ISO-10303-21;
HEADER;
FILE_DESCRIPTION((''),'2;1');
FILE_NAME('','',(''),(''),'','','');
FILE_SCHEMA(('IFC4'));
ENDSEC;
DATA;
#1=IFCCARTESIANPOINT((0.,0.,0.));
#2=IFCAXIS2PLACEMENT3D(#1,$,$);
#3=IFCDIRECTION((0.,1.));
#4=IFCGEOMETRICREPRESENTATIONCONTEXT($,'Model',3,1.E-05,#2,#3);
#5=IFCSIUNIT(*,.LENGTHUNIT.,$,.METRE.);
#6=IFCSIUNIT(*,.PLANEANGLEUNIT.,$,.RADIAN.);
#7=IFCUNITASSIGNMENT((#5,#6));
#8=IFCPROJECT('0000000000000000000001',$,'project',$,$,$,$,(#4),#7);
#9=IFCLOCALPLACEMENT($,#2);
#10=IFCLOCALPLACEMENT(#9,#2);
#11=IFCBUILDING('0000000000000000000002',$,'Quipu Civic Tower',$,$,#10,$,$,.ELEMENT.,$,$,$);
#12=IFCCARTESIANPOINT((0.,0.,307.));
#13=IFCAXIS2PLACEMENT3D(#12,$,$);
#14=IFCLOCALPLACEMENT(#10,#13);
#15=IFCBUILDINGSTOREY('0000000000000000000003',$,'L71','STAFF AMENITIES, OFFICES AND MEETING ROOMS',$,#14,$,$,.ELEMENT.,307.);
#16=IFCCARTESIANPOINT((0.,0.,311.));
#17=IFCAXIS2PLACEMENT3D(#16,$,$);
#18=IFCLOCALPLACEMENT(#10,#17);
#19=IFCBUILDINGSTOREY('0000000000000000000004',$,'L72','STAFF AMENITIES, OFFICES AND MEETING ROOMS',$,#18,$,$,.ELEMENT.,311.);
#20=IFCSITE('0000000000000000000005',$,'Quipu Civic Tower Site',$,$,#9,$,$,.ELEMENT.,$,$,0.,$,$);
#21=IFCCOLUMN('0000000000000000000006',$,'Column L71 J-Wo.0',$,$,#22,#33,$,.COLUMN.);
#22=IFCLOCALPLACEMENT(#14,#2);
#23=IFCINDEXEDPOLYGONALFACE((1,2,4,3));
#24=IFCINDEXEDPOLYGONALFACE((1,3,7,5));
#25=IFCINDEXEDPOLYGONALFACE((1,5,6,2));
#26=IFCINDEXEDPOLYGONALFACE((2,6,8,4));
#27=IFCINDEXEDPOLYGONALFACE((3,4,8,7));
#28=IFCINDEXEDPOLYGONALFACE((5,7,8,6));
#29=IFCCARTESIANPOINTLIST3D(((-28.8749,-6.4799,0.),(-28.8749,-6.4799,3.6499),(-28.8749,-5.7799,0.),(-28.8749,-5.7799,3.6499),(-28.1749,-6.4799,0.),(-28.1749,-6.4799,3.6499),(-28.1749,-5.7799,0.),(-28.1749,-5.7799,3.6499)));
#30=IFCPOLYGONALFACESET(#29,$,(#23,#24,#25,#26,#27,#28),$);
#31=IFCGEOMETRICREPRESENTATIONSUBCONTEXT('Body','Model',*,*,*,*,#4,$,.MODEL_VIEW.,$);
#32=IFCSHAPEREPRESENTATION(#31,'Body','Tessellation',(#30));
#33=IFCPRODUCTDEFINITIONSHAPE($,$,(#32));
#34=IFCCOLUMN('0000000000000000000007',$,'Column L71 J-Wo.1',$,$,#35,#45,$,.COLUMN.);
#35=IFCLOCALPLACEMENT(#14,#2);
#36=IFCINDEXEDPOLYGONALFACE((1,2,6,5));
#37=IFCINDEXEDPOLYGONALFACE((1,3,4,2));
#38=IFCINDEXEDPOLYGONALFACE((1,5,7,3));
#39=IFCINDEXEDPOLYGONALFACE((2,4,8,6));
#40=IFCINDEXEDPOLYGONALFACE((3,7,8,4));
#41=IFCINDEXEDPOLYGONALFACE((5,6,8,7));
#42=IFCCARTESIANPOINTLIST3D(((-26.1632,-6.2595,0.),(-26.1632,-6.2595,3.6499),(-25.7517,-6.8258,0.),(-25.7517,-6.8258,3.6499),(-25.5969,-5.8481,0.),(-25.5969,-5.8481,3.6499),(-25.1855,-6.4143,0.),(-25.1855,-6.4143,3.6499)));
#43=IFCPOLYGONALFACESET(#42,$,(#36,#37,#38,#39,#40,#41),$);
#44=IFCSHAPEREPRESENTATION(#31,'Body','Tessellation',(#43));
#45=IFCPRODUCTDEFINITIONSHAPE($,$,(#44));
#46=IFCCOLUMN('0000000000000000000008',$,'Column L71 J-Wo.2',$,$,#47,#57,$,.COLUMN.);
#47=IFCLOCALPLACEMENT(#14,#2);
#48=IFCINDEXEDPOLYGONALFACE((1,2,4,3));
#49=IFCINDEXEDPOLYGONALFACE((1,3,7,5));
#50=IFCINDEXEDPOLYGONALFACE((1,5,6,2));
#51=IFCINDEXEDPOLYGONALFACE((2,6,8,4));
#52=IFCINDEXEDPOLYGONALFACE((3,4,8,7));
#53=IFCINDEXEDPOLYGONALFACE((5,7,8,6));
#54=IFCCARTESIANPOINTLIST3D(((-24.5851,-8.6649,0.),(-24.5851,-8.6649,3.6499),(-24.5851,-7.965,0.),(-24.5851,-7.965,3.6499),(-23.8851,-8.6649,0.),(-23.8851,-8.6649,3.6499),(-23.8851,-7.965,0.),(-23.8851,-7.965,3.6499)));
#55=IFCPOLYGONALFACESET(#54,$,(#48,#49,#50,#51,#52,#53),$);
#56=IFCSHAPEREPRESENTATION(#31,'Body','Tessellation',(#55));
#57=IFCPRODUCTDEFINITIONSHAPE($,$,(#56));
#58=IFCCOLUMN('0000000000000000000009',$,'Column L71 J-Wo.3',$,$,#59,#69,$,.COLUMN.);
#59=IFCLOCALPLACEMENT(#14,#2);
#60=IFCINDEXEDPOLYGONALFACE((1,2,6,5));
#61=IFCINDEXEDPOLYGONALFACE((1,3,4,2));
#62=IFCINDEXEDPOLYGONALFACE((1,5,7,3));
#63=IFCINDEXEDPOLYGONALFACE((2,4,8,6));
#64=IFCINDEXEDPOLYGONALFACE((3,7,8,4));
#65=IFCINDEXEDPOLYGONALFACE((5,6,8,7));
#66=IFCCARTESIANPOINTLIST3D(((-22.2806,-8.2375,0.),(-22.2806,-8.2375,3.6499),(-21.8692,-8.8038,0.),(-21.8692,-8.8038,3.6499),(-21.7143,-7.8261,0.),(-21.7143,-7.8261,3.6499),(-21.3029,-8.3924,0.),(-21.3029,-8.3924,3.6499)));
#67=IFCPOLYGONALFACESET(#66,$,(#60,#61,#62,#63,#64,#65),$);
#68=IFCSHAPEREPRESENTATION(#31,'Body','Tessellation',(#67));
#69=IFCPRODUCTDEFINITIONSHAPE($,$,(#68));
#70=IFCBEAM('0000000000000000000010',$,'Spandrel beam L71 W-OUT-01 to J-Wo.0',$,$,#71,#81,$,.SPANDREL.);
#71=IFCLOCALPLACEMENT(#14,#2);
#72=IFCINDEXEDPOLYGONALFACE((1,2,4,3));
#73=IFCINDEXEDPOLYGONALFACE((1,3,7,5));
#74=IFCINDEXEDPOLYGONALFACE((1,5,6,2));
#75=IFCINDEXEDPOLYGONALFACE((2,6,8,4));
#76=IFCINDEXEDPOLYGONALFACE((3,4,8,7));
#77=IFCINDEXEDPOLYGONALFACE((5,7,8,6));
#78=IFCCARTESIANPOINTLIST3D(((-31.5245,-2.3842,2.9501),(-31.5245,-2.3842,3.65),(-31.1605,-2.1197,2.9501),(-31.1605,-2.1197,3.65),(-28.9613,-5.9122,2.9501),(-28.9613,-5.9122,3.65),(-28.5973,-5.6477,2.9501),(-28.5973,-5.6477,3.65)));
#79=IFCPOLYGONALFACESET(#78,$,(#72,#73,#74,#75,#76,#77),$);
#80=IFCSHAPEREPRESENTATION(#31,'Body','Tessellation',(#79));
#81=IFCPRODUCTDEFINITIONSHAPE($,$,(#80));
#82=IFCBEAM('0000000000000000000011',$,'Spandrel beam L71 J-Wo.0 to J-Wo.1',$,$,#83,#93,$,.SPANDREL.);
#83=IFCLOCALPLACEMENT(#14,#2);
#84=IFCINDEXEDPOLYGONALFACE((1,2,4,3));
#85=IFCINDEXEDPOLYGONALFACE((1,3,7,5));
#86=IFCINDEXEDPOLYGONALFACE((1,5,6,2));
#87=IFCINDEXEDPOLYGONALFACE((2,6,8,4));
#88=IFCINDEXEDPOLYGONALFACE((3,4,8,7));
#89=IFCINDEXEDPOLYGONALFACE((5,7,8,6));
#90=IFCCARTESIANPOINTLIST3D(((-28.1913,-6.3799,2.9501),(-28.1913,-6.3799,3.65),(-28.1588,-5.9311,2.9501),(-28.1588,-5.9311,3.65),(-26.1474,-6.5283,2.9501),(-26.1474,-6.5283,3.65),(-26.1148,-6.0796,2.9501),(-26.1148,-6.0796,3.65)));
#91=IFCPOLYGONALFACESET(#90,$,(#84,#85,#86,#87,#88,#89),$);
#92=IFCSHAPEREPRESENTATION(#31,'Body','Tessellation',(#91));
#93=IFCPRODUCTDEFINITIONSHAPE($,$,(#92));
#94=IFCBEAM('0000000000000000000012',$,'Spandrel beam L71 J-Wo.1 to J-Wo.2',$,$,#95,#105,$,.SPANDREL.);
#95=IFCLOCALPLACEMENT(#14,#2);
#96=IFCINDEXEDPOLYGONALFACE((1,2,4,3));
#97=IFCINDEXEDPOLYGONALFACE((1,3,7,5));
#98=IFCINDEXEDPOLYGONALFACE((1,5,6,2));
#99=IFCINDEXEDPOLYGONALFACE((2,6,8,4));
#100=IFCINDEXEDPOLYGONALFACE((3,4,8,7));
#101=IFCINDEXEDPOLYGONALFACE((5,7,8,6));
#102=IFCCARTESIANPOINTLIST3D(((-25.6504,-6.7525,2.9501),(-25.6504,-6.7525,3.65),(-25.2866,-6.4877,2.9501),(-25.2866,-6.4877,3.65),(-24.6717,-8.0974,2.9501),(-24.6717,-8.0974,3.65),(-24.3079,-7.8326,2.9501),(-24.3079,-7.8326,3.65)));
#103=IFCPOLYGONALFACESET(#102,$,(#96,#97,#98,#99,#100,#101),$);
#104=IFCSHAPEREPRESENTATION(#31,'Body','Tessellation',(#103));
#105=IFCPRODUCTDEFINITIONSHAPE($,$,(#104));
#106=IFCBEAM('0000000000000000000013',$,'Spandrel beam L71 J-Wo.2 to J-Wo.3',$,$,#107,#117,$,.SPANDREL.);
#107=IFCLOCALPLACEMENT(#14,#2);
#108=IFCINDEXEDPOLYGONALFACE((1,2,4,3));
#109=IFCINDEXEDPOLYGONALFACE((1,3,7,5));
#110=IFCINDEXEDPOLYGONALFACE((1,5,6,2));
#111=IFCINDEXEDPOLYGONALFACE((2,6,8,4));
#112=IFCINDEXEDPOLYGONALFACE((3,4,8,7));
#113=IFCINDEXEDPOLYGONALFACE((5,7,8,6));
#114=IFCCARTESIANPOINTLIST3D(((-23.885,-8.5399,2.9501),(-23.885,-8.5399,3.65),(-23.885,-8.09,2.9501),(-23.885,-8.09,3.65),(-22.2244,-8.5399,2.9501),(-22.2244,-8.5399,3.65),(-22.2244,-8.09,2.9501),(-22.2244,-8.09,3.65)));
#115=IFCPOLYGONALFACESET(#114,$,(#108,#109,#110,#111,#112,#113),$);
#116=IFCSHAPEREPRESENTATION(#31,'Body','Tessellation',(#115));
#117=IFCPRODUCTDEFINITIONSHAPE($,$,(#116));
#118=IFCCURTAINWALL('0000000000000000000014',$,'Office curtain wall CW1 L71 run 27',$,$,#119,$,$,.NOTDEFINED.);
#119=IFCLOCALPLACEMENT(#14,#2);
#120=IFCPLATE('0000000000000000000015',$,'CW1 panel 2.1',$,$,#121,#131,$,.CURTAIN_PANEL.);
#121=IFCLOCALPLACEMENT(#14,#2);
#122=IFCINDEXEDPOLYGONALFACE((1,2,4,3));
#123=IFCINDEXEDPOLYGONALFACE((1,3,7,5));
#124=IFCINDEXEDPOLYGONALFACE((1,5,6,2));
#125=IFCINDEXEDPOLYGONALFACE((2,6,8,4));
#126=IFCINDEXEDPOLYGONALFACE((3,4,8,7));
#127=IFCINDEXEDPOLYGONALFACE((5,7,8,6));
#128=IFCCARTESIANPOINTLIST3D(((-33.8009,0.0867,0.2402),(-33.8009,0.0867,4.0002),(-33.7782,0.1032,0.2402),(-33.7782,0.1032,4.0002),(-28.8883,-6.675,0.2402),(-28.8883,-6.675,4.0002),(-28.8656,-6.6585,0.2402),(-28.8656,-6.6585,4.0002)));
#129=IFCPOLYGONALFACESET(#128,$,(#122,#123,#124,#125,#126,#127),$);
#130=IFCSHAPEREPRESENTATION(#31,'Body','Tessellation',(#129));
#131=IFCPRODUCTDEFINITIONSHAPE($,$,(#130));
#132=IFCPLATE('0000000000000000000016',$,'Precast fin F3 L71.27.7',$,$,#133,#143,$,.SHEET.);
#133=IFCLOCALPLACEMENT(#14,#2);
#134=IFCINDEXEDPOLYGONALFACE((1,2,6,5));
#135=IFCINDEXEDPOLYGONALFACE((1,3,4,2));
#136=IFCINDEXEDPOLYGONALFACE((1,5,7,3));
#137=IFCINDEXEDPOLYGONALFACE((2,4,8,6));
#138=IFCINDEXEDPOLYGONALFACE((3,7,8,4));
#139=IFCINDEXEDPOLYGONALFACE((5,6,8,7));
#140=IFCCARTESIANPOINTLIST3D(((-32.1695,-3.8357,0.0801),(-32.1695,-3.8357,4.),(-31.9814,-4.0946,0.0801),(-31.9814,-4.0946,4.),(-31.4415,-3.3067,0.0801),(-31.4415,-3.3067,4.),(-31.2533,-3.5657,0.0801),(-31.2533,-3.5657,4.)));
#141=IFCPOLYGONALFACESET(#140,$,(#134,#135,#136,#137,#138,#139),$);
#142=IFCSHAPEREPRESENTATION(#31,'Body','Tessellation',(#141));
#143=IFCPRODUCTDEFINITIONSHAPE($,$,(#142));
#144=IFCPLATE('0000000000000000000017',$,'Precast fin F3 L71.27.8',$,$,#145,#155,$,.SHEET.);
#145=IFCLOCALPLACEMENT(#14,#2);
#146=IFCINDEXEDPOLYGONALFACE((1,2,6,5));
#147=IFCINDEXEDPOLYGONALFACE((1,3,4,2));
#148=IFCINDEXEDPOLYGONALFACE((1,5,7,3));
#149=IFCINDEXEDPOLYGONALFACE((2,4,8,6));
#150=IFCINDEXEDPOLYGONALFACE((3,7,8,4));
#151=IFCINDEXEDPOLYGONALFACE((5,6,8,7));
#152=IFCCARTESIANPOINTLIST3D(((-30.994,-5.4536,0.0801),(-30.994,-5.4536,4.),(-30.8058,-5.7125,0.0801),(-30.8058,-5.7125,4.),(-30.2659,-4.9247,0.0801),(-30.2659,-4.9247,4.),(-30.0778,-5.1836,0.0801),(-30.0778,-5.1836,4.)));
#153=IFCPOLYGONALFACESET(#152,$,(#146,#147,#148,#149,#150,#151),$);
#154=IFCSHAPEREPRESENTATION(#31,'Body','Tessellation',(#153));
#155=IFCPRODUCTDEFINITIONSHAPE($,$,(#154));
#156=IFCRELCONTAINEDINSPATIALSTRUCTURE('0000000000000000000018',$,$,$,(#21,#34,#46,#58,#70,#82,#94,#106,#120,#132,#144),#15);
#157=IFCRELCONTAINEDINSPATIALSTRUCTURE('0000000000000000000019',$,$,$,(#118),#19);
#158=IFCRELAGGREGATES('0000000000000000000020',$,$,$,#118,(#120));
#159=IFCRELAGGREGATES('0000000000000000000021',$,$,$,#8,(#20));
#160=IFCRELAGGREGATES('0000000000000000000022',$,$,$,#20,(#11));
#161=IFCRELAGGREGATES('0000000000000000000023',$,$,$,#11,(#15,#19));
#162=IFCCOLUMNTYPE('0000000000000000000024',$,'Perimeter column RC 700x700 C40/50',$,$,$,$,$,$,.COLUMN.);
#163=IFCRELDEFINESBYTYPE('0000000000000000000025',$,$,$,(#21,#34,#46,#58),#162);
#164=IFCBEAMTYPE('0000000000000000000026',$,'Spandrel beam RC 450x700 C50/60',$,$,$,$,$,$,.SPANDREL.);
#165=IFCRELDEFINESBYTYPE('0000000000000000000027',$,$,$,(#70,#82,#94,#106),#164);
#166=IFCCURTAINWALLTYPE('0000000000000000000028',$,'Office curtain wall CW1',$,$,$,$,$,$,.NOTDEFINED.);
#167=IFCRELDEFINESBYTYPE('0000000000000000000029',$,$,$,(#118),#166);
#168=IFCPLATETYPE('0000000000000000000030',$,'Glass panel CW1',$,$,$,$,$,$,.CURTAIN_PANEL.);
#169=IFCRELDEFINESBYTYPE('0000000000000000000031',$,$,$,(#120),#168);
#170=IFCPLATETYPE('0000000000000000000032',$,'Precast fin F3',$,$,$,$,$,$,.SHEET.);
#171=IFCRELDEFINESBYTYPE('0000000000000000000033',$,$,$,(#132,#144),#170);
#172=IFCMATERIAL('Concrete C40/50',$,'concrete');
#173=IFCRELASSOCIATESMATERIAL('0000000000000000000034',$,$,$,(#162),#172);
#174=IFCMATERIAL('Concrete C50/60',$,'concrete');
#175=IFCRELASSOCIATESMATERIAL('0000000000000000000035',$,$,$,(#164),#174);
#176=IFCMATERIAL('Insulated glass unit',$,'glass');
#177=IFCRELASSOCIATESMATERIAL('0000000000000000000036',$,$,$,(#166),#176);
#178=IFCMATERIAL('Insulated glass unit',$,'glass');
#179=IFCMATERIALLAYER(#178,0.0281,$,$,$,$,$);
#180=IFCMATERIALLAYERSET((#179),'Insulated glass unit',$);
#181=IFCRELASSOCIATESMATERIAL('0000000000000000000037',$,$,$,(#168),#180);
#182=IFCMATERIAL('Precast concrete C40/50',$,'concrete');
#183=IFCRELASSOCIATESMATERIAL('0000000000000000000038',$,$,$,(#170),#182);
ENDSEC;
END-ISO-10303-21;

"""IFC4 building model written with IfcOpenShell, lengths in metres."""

from ifc_helpers import new_model, si_unit, direction, frame, origin, origin_2d, place, context, subcontext, project, spatial, rectangle, extrude, material, layer, layer_set, material_profile, profile_set, type_object, element, aggregate, save


model = new_model("IFC4")

# Units and contexts
model_context = context("Model", 3, precision=1e-05, world=origin(), true_north=direction((0.0, 1.0)))
body_context = subcontext(model_context, "Body", "Model", "MODEL_VIEW")
ifc_project = project(units=[si_unit("LENGTHUNIT", "METRE"), si_unit("PLANEANGLEUNIT", "RADIAN")], contexts=[model_context])

# Site, building, storey
site_placement = place(None, origin())
site = spatial("IfcSite", under=ifc_project, at=site_placement, Name="Quipu Civic Tower Site", CompositionType="ELEMENT", RefElevation=0.0)
building_placement = place(site_placement, origin())
building = spatial("IfcBuilding", under=site, at=building_placement, Name="Quipu Civic Tower", CompositionType="ELEMENT")
storey_1_placement = place(building_placement, frame((0.0, 0.0, 307.0)))
storey_1 = spatial("IfcBuildingStorey", under=building, at=storey_1_placement, Name="L71", Description="STAFF AMENITIES, OFFICES AND MEETING ROOMS", CompositionType="ELEMENT", Elevation=307.0)

# Columns
ifc_material_1 = material(Name="Concrete C40/50", Category="concrete")
ifc_material_profile_1 = material_profile(ifc_material_1, rectangle(XDim=0.7, YDim=0.7, at=origin_2d()), Name="RC700x700")
ifc_profile_set_1 = profile_set([ifc_material_profile_1], Name="Concrete C40/50")
column_type = type_object("IfcColumnType", Name="Perimeter column RC 700x700 C40/50", PredefinedType="COLUMN", material=ifc_profile_set_1)
for number, where, z_axis, x_axis, name in (
    (1, (-28.5249, -6.1299, 0.0), (0.0, 0.0, 1.0), (1.0, 0.0, 0.0), "Column L71 J-Wo.0"),
    (2, (-25.6743, -6.3369, 0.0), (0.0, 0.0, 1.0), (0.587785, -0.809017, 0.0), "Column L71 J-Wo.1"),
    (3, (-24.2351, -8.3149, 0.0), (0.0, 0.0, 1.0), (1.0, 0.0, 0.0), "Column L71 J-Wo.2"),
    (4, (-21.7917, -8.3149, 0.0), (0.0, 0.0, 1.0), (0.587785, -0.809017, 0.0), "Column L71 J-Wo.3"),
):
    element("IfcColumn", number, at=place(storey_1_placement, frame(where, z_axis=z_axis, x_axis=x_axis)), inside=storey_1, type_object=column_type, Name=name, PredefinedType="COLUMN", context=body_context, shape_type="SweptSolid", body=[
        extrude(rectangle(XDim=0.7, YDim=0.7, at=origin_2d()), origin(), (0.0, 0.0, 1.0), 3.6499),
    ])

# Beams
ifc_material_2 = material(Name="Concrete C50/60", Category="concrete")
ifc_material_profile_2 = material_profile(ifc_material_2, rectangle(XDim=0.45, YDim=0.7, at=origin_2d()), Name="RC450x700")
ifc_profile_set_2 = profile_set([ifc_material_profile_2], Name="Concrete C50/60")
beam_type = type_object("IfcBeamType", Name="Spandrel beam RC 450x700 C50/60", PredefinedType="SPANDREL", material=ifc_profile_set_2)
beam_1_placement = place(storey_1_placement, frame((-31.3425, -2.252, 3.3), z_axis=(0.587776, -0.809024, 0.0), x_axis=(0.809024, 0.587776, 0.0)))
element("IfcBeam", 5, at=beam_1_placement, inside=storey_1, type_object=beam_type, Name="Spandrel beam L71 W-OUT-01 to J-Wo.0", PredefinedType="SPANDREL", context=body_context, shape_type="SweptSolid", body=[
    extrude(rectangle(XDim=0.45, YDim=0.7, at=origin_2d()), origin(), (0.0, 0.0, 1.0), 4.3608),
])
beam_2_placement = place(storey_1_placement, frame((-28.175, -6.1555, 3.3), z_axis=(0.997373, -0.072432, 0.0), x_axis=(0.072432, 0.997373, 0.0)))
element("IfcBeam", 6, at=beam_2_placement, inside=storey_1, type_object=beam_type, Name="Spandrel beam L71 J-Wo.0 to J-Wo.1", PredefinedType="SPANDREL", context=body_context, shape_type="SweptSolid", body=[
    extrude(rectangle(XDim=0.45, YDim=0.7, at=origin_2d()), origin(), (0.0, 0.0, 1.0), 2.0493),
])
beam_3_placement = place(storey_1_placement, frame((-25.4685, -6.6201, 3.3), z_axis=(0.588407, -0.808565, 0.0), x_axis=(0.808565, 0.588407, 0.0)))
element("IfcBeam", 7, at=beam_3_placement, inside=storey_1, type_object=beam_type, Name="Spandrel beam L71 J-Wo.1 to J-Wo.2", PredefinedType="SPANDREL", context=body_context, shape_type="SweptSolid", body=[
    extrude(rectangle(XDim=0.45, YDim=0.7, at=origin_2d()), origin(), (0.0, 0.0, 1.0), 1.6633),
])
beam_4_placement = place(storey_1_placement, frame((-23.885, -8.3149, 3.3), z_axis=(1.0, 0.0, 0.0), x_axis=(0.0, 1.0, 0.0)))
element("IfcBeam", 8, at=beam_4_placement, inside=storey_1, type_object=beam_type, Name="Spandrel beam L71 J-Wo.2 to J-Wo.3", PredefinedType="SPANDREL", context=body_context, shape_type="SweptSolid", body=[
    extrude(rectangle(XDim=0.45, YDim=0.7, at=origin_2d()), origin(), (0.0, 0.0, 1.0), 1.6606),
])

# Shared definitions
storey_2_placement = place(building_placement, frame((0.0, 0.0, 311.0)))
storey_2 = spatial("IfcBuildingStorey", under=building, at=storey_2_placement, Name="L72", Description="STAFF AMENITIES, OFFICES AND MEETING ROOMS", CompositionType="ELEMENT", Elevation=311.0)

# Curtain wall, plate
ifc_material_3 = material(Name="Insulated glass unit", Category="glass")
curtain_wall_type = type_object("IfcCurtainWallType", Name="Office curtain wall CW1", PredefinedType="NOTDEFINED", material=ifc_material_3)
curtain_wall_placement = place(storey_2_placement, origin())
curtain_wall = element("IfcCurtainWall", 9, at=curtain_wall_placement, inside=storey_2, type_object=curtain_wall_type, Name="Office curtain wall CW1 L71 run 27", PredefinedType="NOTDEFINED")
ifc_material_4 = material(Name="Insulated glass unit", Category="glass")
ifc_layer_1 = layer(ifc_material_4, 0.0281)
ifc_layer_set_1 = layer_set([ifc_layer_1], Name="Insulated glass unit")
plate_type_1 = type_object("IfcPlateType", Name="Glass panel CW1", PredefinedType="CURTAIN_PANEL", material=ifc_layer_set_1)
plate_placement = place(storey_1_placement, frame((-31.3333, -3.2859, 0.2402), z_axis=(0.0, 0.0, 1.0), x_axis=(0.587786, -0.809016, 0.0)))
plate = element("IfcPlate", 10, at=plate_placement, inside=storey_1, type_object=plate_type_1, Name="CW1 panel 2.1", PredefinedType="CURTAIN_PANEL", context=body_context, shape_type="SweptSolid", body=[
    extrude(rectangle(XDim=8.3579, YDim=0.0281, at=origin_2d()), origin(), (0.0, 0.0, 1.0), 3.76),
])
aggregate(curtain_wall, [plate])

# Plates
ifc_material_5 = material(Name="Precast concrete C40/50", Category="concrete")
plate_type_2 = type_object("IfcPlateType", Name="Precast fin F3", PredefinedType="SHEET", material=ifc_material_5)
for number, where, z_axis, x_axis, name in (
    (11, (-31.7114, -3.7007, 0.0801), (0.0, 0.0, 1.0), (0.587787, -0.809016, 0.0), "Precast fin F3 L71.27.7"),
    (12, (-30.5359, -5.3186, 0.0801), (0.0, 0.0, 1.0), (0.587787, -0.809016, 0.0), "Precast fin F3 L71.27.8"),
):
    element("IfcPlate", number, at=place(storey_1_placement, frame(where, z_axis=z_axis, x_axis=x_axis)), inside=storey_1, type_object=plate_type_2, Name=name, PredefinedType="SHEET", context=body_context, shape_type="SweptSolid", body=[
        extrude(rectangle(XDim=0.3201, YDim=0.8999, at=origin_2d()), origin(), (0.0, 0.0, 1.0), 3.9199),
    ])

save(model, "model.ifc")
